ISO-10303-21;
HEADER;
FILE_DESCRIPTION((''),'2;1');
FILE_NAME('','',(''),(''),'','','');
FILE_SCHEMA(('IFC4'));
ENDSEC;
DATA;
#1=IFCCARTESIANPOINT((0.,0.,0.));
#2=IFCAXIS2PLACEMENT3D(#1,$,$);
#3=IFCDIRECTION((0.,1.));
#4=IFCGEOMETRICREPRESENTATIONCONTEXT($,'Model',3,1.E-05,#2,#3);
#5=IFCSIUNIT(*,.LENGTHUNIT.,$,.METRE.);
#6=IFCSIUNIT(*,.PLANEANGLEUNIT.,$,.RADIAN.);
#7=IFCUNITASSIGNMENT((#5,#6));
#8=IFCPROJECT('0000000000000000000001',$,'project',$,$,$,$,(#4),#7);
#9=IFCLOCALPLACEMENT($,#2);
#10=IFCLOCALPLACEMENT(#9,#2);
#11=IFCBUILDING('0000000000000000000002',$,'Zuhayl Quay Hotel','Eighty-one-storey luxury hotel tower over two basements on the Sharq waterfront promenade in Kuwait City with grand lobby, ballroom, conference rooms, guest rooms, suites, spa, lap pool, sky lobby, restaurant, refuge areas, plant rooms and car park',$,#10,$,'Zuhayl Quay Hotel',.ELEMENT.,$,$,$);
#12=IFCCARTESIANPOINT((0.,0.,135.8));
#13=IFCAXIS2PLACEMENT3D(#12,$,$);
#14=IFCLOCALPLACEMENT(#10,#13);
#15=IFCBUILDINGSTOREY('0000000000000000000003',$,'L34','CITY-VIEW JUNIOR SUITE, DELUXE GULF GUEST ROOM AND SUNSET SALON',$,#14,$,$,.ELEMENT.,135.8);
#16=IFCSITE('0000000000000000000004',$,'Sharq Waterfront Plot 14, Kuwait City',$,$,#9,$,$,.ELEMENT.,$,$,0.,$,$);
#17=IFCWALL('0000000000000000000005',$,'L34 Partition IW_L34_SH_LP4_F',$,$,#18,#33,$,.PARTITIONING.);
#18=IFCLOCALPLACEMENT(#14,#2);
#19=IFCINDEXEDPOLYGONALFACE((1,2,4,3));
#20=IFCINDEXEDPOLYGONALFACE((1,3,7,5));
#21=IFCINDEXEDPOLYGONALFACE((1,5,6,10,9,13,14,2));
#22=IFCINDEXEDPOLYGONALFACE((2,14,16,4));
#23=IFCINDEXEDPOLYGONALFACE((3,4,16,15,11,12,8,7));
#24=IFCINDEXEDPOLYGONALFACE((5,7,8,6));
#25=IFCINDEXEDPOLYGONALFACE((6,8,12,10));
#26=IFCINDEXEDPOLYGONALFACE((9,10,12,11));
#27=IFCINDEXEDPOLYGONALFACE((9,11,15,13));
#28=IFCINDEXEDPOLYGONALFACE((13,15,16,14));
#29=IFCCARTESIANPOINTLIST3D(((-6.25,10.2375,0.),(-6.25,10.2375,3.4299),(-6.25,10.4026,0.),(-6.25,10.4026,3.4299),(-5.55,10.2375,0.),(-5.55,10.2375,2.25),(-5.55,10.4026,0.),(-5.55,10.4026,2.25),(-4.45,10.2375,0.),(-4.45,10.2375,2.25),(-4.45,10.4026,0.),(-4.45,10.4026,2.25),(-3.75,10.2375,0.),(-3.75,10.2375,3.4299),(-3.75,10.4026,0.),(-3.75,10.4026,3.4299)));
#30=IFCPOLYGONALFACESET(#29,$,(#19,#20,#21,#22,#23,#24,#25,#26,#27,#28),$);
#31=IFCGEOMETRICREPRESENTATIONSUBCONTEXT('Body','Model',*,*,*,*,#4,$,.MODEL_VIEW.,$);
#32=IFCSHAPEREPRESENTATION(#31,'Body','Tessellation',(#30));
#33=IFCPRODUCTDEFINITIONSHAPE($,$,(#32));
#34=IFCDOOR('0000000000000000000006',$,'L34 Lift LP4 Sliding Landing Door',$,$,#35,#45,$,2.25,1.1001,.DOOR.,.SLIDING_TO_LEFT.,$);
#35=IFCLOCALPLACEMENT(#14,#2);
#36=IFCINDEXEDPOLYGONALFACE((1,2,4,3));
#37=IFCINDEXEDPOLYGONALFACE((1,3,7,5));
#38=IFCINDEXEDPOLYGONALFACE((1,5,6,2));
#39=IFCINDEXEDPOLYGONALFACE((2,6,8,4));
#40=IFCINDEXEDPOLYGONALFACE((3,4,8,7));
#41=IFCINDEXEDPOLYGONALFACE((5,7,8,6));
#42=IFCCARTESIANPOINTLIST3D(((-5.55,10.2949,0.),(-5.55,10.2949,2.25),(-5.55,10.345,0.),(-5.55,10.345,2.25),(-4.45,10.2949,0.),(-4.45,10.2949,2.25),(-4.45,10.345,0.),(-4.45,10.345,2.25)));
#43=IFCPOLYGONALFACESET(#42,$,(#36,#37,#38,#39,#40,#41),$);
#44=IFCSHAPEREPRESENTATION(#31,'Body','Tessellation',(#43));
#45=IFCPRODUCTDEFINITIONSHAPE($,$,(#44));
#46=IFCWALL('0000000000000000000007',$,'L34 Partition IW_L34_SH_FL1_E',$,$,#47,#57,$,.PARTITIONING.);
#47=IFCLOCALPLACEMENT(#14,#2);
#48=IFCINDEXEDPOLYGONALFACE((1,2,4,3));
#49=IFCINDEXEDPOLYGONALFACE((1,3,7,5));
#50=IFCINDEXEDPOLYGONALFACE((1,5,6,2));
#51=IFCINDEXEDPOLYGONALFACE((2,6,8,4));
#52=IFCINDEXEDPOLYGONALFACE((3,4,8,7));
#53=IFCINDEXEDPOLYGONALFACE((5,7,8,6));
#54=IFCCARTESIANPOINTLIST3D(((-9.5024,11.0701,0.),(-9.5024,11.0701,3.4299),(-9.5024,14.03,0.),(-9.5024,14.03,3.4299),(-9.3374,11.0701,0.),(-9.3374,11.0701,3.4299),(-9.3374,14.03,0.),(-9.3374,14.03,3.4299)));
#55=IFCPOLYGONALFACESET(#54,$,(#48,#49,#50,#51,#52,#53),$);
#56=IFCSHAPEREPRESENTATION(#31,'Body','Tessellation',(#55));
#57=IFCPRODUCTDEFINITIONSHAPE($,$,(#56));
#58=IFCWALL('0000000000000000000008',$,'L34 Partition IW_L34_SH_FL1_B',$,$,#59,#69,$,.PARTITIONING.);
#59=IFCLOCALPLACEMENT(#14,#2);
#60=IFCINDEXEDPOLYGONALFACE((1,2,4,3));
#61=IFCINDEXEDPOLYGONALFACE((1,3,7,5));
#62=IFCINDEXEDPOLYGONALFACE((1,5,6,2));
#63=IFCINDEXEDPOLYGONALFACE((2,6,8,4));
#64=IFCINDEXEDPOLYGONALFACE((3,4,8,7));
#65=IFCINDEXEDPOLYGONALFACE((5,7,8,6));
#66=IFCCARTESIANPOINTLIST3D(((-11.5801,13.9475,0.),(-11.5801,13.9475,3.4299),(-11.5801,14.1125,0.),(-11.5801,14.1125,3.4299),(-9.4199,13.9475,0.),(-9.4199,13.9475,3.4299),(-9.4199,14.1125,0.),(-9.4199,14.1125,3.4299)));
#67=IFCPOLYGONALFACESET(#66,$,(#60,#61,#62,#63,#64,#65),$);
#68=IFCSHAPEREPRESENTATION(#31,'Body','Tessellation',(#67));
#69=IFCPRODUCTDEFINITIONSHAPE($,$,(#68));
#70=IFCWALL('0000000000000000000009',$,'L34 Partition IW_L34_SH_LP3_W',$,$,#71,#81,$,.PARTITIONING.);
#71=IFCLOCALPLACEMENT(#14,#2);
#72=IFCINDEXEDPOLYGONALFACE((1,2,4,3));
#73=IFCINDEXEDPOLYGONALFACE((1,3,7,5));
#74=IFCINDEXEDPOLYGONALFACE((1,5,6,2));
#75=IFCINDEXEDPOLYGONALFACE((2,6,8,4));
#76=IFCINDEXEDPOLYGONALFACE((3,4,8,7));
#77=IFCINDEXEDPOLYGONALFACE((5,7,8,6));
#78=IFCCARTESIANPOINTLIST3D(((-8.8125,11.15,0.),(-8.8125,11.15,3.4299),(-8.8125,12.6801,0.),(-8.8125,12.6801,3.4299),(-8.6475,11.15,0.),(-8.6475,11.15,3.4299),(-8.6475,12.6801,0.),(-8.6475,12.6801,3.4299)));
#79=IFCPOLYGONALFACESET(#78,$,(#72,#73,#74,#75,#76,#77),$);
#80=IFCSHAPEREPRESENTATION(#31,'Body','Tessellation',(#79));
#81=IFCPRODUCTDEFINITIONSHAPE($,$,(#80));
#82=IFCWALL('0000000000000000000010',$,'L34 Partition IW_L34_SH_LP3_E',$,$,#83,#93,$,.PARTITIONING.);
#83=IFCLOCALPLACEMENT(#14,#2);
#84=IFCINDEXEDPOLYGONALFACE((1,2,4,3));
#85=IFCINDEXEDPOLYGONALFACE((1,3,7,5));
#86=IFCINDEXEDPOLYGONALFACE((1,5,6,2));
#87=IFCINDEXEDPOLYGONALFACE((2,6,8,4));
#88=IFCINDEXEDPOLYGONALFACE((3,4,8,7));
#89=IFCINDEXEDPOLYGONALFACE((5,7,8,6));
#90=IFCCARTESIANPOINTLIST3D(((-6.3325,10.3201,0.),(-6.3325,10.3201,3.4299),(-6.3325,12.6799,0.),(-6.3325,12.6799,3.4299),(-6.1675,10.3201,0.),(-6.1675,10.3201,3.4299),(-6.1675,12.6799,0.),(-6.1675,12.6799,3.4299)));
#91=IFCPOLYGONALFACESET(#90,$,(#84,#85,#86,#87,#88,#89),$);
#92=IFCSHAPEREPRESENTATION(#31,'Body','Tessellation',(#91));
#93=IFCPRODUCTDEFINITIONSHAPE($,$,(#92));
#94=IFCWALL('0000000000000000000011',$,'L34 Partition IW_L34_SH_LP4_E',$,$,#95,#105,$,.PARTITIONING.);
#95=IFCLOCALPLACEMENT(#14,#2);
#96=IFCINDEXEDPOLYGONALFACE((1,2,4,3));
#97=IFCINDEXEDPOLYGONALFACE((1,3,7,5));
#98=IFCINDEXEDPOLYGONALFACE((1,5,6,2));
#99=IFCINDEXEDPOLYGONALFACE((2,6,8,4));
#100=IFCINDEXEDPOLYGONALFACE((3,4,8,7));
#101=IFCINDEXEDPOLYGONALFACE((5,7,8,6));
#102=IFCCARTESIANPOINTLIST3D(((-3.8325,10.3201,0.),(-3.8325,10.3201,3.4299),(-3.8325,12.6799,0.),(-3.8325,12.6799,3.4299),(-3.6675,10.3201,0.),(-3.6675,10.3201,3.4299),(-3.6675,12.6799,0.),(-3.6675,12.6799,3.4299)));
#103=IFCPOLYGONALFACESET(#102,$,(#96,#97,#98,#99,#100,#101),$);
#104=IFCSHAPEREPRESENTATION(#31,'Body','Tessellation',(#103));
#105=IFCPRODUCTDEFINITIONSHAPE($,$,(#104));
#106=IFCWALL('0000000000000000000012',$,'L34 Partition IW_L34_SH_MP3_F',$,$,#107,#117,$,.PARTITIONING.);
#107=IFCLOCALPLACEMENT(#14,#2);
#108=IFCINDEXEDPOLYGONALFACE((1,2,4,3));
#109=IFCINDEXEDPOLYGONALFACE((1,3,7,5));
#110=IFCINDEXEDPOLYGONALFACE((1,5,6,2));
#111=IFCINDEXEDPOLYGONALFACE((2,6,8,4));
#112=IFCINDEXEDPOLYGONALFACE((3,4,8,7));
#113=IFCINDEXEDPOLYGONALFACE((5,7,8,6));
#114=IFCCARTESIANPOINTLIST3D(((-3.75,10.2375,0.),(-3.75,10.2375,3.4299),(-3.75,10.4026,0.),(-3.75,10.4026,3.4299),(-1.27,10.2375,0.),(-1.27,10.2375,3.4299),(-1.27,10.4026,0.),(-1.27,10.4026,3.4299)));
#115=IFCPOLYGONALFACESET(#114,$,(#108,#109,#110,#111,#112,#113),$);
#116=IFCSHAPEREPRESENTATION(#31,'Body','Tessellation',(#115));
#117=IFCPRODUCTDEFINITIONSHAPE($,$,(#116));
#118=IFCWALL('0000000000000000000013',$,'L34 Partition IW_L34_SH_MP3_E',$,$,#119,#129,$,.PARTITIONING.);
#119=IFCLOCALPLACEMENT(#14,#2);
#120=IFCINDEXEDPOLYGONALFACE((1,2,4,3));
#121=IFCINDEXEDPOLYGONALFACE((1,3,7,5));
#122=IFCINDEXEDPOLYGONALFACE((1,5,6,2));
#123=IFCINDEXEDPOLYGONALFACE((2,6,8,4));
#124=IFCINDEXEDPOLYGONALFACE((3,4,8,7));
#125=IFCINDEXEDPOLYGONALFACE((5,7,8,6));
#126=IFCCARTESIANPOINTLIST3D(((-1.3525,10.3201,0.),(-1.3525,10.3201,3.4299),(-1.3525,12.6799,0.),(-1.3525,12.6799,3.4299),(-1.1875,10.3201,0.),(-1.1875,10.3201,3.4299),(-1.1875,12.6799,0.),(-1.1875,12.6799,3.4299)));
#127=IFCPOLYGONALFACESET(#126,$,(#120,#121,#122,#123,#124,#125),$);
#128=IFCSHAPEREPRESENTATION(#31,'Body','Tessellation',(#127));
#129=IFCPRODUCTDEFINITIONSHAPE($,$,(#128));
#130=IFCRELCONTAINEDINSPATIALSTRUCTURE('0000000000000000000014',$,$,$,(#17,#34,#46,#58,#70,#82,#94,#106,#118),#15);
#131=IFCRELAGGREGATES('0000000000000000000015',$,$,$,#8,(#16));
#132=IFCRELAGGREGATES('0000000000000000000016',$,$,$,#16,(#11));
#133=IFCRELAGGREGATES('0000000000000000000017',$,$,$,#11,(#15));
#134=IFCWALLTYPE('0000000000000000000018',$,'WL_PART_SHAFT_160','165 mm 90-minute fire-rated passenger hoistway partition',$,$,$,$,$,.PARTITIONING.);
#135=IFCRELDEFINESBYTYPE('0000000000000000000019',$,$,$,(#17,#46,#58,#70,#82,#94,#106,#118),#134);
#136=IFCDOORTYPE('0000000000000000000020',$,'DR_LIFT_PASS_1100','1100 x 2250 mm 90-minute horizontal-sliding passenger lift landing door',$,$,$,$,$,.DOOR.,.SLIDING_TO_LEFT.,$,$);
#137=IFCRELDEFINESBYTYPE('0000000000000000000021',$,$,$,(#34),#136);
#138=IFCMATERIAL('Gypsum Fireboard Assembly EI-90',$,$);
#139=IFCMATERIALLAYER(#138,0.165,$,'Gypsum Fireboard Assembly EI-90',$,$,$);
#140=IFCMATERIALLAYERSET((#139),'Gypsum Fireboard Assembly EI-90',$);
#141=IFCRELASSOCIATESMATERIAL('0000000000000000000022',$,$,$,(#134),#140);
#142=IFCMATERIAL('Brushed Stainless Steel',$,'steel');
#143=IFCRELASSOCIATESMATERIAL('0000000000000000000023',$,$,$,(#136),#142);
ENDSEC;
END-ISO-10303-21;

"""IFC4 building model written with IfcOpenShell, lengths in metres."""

from ifc_helpers import new_model, si_unit, direction, frame, frame_2d, origin, place, context, subcontext, project, spatial, rectangle, extrude, material, layer, layer_set, type_object, element, fill, save


model = new_model("IFC4")

# Units and contexts
model_context = context("Model", 3, precision=1e-05, world=origin(), true_north=direction((0.0, 1.0)))
body_context = subcontext(model_context, "Body", "Model", "MODEL_VIEW")
ifc_project = project(units=[si_unit("LENGTHUNIT", "METRE"), si_unit("PLANEANGLEUNIT", "RADIAN")], contexts=[model_context])

# Site, building, storey
site_placement = place(None, origin())
site = spatial("IfcSite", under=ifc_project, at=site_placement, Name="Sharq Waterfront Plot 14, Kuwait City", CompositionType="ELEMENT", RefElevation=0.0)
building_placement = place(site_placement, origin())
building = spatial("IfcBuilding", under=site, at=building_placement, Name="Zuhayl Quay Hotel", Description="Eighty-one-storey luxury hotel tower over two basements on the Sharq waterfront promenade in Kuwait City with grand lobby, ballroom, conference rooms, guest rooms, suites, spa, lap pool, sky lobby, restaurant, refuge areas, plant rooms and car park", LongName="Zuhayl Quay Hotel", CompositionType="ELEMENT")
storey_placement = place(building_placement, frame((0.0, 0.0, 135.8)))
storey = spatial("IfcBuildingStorey", under=building, at=storey_placement, Name="L34", Description="CITY-VIEW JUNIOR SUITE, DELUXE GULF GUEST ROOM AND SUNSET SALON", CompositionType="ELEMENT", Elevation=135.8)

# Wall, opening, door
ifc_material_1 = material(Name="Gypsum Fireboard Assembly EI-90")
ifc_layer_1 = layer(ifc_material_1, 0.165, Name="Gypsum Fireboard Assembly EI-90")
ifc_layer_set_1 = layer_set([ifc_layer_1], Name="Gypsum Fireboard Assembly EI-90")
wall_type_1 = type_object("IfcWallType", Name="WL_PART_SHAFT_160", Description="165 mm 90-minute fire-rated passenger hoistway partition", PredefinedType="PARTITIONING", material=ifc_layer_set_1)
ifc_material_2 = material(Name="Brushed Stainless Steel", Category="steel")
door_type_1 = type_object("IfcDoorType", Name="DR_LIFT_PASS_1100", Description="1100 x 2250 mm 90-minute horizontal-sliding passenger lift landing door", OperationType="SLIDING_TO_LEFT", PredefinedType="DOOR", material=ifc_material_2)
wall_1_placement = place(storey_placement, frame((-6.25, 10.3201, 0.0), z_axis=(0.0, 0.0, 1.0), x_axis=(1.0, 0.0, 0.0)))
wall_1 = element("IfcWall", 1, at=wall_1_placement, inside=storey, type_object=wall_type_1, Name="L34 Partition IW_L34_SH_LP4_F", PredefinedType="PARTITIONING", context=body_context, shape_type="SweptSolid", body=[
    extrude(rectangle(XDim=2.5, YDim=0.165, at=frame_2d((1.25, 0.0))), origin(), (0.0, 0.0, 1.0), 3.4299),
])
opening_1_placement = place(wall_1_placement, frame((0.7, 0.0, 0.0)))
opening_1 = element("IfcOpeningElement", 2, at=opening_1_placement, cuts=wall_1, PredefinedType="OPENING", context=body_context, shape_type="SweptSolid", body=[
    extrude(rectangle(XDim=1.1001, YDim=2.25, at=frame_2d((0.55, 1.125))), frame((0.0, 0.0925, 0.0), z_axis=(0.0, -1.0, 0.0), x_axis=(1.0, 0.0, 0.0)), (0.0, 0.0, 1.0), 0.1851),
])
door_1_placement = place(opening_1_placement, origin())
door_1 = element("IfcDoor", 3, at=door_1_placement, inside=storey, type_object=door_type_1, Name="L34 Lift LP4 Sliding Landing Door", OperationType="SLIDING_TO_LEFT", OverallHeight=2.25, OverallWidth=1.1001, PredefinedType="DOOR", context=body_context, shape_type="SweptSolid", body=[
    extrude(rectangle(XDim=1.1001, YDim=2.25, at=frame_2d((0.55, 1.125))), frame((0.0, 0.0249, 0.0), z_axis=(0.0, -1.0, 0.0), x_axis=(1.0, 0.0, 0.0)), (0.0, 0.0, 1.0), 0.05),
])
fill(opening_1, door_1)

# Walls
wall_2_placement = place(storey_placement, frame((-9.4199, 11.0701, 0.0), z_axis=(0.0, 0.0, 1.0), x_axis=(0.0, 1.0, 0.0)))
element("IfcWall", 4, at=wall_2_placement, inside=storey, type_object=wall_type_1, Name="L34 Partition IW_L34_SH_FL1_E", PredefinedType="PARTITIONING", context=body_context, shape_type="SweptSolid", body=[
    extrude(rectangle(XDim=2.96, YDim=0.165, at=frame_2d((1.48, 0.0))), origin(), (0.0, 0.0, 1.0), 3.4299),
])
wall_3_placement = place(storey_placement, frame((-11.5801, 14.03, 0.0), z_axis=(0.0, 0.0, 1.0), x_axis=(1.0, 0.0, 0.0)))
element("IfcWall", 5, at=wall_3_placement, inside=storey, type_object=wall_type_1, Name="L34 Partition IW_L34_SH_FL1_B", PredefinedType="PARTITIONING", context=body_context, shape_type="SweptSolid", body=[
    extrude(rectangle(XDim=2.1602, YDim=0.165, at=frame_2d((1.0801, 0.0))), origin(), (0.0, 0.0, 1.0), 3.4299),
])
wall_4_placement = place(storey_placement, frame((-8.73, 11.1499, 0.0), z_axis=(0.0, 0.0, 1.0), x_axis=(0.0, 1.0, 0.0)))
element("IfcWall", 6, at=wall_4_placement, inside=storey, type_object=wall_type_1, Name="L34 Partition IW_L34_SH_LP3_W", PredefinedType="PARTITIONING", context=body_context, shape_type="SweptSolid", body=[
    extrude(rectangle(XDim=1.53, YDim=0.165, at=frame_2d((0.7651, 0.0))), origin(), (0.0, 0.0, 1.0), 3.4299),
])
for number, where, z_axis, x_axis, name in (
    (7, (-6.25, 10.3201, 0.0), (0.0, 0.0, 1.0), (0.0, 1.0, 0.0), "L34 Partition IW_L34_SH_LP3_E"),
    (8, (-3.75, 10.3201, 0.0), (0.0, 0.0, 1.0), (0.0, 1.0, 0.0), "L34 Partition IW_L34_SH_LP4_E"),
):
    element("IfcWall", number, at=place(storey_placement, frame(where, z_axis=z_axis, x_axis=x_axis)), inside=storey, type_object=wall_type_1, Name=name, PredefinedType="PARTITIONING", context=body_context, shape_type="SweptSolid", body=[
        extrude(rectangle(XDim=2.3599, YDim=0.165, at=frame_2d((1.1799, 0.0))), origin(), (0.0, 0.0, 1.0), 3.4299),
    ])
wall_5_placement = place(storey_placement, frame((-3.75, 10.3201, 0.0), z_axis=(0.0, 0.0, 1.0), x_axis=(1.0, 0.0, 0.0)))
element("IfcWall", 9, at=wall_5_placement, inside=storey, type_object=wall_type_1, Name="L34 Partition IW_L34_SH_MP3_F", PredefinedType="PARTITIONING", context=body_context, shape_type="SweptSolid", body=[
    extrude(rectangle(XDim=2.48, YDim=0.165, at=frame_2d((1.24, 0.0))), origin(), (0.0, 0.0, 1.0), 3.4299),
])
wall_6_placement = place(storey_placement, frame((-1.27, 10.3201, 0.0), z_axis=(0.0, 0.0, 1.0), x_axis=(0.0, 1.0, 0.0)))
element("IfcWall", 10, at=wall_6_placement, inside=storey, type_object=wall_type_1, Name="L34 Partition IW_L34_SH_MP3_E", PredefinedType="PARTITIONING", context=body_context, shape_type="SweptSolid", body=[
    extrude(rectangle(XDim=2.3599, YDim=0.165, at=frame_2d((1.1799, 0.0))), origin(), (0.0, 0.0, 1.0), 3.4299),
])

save(model, "model.ifc")
